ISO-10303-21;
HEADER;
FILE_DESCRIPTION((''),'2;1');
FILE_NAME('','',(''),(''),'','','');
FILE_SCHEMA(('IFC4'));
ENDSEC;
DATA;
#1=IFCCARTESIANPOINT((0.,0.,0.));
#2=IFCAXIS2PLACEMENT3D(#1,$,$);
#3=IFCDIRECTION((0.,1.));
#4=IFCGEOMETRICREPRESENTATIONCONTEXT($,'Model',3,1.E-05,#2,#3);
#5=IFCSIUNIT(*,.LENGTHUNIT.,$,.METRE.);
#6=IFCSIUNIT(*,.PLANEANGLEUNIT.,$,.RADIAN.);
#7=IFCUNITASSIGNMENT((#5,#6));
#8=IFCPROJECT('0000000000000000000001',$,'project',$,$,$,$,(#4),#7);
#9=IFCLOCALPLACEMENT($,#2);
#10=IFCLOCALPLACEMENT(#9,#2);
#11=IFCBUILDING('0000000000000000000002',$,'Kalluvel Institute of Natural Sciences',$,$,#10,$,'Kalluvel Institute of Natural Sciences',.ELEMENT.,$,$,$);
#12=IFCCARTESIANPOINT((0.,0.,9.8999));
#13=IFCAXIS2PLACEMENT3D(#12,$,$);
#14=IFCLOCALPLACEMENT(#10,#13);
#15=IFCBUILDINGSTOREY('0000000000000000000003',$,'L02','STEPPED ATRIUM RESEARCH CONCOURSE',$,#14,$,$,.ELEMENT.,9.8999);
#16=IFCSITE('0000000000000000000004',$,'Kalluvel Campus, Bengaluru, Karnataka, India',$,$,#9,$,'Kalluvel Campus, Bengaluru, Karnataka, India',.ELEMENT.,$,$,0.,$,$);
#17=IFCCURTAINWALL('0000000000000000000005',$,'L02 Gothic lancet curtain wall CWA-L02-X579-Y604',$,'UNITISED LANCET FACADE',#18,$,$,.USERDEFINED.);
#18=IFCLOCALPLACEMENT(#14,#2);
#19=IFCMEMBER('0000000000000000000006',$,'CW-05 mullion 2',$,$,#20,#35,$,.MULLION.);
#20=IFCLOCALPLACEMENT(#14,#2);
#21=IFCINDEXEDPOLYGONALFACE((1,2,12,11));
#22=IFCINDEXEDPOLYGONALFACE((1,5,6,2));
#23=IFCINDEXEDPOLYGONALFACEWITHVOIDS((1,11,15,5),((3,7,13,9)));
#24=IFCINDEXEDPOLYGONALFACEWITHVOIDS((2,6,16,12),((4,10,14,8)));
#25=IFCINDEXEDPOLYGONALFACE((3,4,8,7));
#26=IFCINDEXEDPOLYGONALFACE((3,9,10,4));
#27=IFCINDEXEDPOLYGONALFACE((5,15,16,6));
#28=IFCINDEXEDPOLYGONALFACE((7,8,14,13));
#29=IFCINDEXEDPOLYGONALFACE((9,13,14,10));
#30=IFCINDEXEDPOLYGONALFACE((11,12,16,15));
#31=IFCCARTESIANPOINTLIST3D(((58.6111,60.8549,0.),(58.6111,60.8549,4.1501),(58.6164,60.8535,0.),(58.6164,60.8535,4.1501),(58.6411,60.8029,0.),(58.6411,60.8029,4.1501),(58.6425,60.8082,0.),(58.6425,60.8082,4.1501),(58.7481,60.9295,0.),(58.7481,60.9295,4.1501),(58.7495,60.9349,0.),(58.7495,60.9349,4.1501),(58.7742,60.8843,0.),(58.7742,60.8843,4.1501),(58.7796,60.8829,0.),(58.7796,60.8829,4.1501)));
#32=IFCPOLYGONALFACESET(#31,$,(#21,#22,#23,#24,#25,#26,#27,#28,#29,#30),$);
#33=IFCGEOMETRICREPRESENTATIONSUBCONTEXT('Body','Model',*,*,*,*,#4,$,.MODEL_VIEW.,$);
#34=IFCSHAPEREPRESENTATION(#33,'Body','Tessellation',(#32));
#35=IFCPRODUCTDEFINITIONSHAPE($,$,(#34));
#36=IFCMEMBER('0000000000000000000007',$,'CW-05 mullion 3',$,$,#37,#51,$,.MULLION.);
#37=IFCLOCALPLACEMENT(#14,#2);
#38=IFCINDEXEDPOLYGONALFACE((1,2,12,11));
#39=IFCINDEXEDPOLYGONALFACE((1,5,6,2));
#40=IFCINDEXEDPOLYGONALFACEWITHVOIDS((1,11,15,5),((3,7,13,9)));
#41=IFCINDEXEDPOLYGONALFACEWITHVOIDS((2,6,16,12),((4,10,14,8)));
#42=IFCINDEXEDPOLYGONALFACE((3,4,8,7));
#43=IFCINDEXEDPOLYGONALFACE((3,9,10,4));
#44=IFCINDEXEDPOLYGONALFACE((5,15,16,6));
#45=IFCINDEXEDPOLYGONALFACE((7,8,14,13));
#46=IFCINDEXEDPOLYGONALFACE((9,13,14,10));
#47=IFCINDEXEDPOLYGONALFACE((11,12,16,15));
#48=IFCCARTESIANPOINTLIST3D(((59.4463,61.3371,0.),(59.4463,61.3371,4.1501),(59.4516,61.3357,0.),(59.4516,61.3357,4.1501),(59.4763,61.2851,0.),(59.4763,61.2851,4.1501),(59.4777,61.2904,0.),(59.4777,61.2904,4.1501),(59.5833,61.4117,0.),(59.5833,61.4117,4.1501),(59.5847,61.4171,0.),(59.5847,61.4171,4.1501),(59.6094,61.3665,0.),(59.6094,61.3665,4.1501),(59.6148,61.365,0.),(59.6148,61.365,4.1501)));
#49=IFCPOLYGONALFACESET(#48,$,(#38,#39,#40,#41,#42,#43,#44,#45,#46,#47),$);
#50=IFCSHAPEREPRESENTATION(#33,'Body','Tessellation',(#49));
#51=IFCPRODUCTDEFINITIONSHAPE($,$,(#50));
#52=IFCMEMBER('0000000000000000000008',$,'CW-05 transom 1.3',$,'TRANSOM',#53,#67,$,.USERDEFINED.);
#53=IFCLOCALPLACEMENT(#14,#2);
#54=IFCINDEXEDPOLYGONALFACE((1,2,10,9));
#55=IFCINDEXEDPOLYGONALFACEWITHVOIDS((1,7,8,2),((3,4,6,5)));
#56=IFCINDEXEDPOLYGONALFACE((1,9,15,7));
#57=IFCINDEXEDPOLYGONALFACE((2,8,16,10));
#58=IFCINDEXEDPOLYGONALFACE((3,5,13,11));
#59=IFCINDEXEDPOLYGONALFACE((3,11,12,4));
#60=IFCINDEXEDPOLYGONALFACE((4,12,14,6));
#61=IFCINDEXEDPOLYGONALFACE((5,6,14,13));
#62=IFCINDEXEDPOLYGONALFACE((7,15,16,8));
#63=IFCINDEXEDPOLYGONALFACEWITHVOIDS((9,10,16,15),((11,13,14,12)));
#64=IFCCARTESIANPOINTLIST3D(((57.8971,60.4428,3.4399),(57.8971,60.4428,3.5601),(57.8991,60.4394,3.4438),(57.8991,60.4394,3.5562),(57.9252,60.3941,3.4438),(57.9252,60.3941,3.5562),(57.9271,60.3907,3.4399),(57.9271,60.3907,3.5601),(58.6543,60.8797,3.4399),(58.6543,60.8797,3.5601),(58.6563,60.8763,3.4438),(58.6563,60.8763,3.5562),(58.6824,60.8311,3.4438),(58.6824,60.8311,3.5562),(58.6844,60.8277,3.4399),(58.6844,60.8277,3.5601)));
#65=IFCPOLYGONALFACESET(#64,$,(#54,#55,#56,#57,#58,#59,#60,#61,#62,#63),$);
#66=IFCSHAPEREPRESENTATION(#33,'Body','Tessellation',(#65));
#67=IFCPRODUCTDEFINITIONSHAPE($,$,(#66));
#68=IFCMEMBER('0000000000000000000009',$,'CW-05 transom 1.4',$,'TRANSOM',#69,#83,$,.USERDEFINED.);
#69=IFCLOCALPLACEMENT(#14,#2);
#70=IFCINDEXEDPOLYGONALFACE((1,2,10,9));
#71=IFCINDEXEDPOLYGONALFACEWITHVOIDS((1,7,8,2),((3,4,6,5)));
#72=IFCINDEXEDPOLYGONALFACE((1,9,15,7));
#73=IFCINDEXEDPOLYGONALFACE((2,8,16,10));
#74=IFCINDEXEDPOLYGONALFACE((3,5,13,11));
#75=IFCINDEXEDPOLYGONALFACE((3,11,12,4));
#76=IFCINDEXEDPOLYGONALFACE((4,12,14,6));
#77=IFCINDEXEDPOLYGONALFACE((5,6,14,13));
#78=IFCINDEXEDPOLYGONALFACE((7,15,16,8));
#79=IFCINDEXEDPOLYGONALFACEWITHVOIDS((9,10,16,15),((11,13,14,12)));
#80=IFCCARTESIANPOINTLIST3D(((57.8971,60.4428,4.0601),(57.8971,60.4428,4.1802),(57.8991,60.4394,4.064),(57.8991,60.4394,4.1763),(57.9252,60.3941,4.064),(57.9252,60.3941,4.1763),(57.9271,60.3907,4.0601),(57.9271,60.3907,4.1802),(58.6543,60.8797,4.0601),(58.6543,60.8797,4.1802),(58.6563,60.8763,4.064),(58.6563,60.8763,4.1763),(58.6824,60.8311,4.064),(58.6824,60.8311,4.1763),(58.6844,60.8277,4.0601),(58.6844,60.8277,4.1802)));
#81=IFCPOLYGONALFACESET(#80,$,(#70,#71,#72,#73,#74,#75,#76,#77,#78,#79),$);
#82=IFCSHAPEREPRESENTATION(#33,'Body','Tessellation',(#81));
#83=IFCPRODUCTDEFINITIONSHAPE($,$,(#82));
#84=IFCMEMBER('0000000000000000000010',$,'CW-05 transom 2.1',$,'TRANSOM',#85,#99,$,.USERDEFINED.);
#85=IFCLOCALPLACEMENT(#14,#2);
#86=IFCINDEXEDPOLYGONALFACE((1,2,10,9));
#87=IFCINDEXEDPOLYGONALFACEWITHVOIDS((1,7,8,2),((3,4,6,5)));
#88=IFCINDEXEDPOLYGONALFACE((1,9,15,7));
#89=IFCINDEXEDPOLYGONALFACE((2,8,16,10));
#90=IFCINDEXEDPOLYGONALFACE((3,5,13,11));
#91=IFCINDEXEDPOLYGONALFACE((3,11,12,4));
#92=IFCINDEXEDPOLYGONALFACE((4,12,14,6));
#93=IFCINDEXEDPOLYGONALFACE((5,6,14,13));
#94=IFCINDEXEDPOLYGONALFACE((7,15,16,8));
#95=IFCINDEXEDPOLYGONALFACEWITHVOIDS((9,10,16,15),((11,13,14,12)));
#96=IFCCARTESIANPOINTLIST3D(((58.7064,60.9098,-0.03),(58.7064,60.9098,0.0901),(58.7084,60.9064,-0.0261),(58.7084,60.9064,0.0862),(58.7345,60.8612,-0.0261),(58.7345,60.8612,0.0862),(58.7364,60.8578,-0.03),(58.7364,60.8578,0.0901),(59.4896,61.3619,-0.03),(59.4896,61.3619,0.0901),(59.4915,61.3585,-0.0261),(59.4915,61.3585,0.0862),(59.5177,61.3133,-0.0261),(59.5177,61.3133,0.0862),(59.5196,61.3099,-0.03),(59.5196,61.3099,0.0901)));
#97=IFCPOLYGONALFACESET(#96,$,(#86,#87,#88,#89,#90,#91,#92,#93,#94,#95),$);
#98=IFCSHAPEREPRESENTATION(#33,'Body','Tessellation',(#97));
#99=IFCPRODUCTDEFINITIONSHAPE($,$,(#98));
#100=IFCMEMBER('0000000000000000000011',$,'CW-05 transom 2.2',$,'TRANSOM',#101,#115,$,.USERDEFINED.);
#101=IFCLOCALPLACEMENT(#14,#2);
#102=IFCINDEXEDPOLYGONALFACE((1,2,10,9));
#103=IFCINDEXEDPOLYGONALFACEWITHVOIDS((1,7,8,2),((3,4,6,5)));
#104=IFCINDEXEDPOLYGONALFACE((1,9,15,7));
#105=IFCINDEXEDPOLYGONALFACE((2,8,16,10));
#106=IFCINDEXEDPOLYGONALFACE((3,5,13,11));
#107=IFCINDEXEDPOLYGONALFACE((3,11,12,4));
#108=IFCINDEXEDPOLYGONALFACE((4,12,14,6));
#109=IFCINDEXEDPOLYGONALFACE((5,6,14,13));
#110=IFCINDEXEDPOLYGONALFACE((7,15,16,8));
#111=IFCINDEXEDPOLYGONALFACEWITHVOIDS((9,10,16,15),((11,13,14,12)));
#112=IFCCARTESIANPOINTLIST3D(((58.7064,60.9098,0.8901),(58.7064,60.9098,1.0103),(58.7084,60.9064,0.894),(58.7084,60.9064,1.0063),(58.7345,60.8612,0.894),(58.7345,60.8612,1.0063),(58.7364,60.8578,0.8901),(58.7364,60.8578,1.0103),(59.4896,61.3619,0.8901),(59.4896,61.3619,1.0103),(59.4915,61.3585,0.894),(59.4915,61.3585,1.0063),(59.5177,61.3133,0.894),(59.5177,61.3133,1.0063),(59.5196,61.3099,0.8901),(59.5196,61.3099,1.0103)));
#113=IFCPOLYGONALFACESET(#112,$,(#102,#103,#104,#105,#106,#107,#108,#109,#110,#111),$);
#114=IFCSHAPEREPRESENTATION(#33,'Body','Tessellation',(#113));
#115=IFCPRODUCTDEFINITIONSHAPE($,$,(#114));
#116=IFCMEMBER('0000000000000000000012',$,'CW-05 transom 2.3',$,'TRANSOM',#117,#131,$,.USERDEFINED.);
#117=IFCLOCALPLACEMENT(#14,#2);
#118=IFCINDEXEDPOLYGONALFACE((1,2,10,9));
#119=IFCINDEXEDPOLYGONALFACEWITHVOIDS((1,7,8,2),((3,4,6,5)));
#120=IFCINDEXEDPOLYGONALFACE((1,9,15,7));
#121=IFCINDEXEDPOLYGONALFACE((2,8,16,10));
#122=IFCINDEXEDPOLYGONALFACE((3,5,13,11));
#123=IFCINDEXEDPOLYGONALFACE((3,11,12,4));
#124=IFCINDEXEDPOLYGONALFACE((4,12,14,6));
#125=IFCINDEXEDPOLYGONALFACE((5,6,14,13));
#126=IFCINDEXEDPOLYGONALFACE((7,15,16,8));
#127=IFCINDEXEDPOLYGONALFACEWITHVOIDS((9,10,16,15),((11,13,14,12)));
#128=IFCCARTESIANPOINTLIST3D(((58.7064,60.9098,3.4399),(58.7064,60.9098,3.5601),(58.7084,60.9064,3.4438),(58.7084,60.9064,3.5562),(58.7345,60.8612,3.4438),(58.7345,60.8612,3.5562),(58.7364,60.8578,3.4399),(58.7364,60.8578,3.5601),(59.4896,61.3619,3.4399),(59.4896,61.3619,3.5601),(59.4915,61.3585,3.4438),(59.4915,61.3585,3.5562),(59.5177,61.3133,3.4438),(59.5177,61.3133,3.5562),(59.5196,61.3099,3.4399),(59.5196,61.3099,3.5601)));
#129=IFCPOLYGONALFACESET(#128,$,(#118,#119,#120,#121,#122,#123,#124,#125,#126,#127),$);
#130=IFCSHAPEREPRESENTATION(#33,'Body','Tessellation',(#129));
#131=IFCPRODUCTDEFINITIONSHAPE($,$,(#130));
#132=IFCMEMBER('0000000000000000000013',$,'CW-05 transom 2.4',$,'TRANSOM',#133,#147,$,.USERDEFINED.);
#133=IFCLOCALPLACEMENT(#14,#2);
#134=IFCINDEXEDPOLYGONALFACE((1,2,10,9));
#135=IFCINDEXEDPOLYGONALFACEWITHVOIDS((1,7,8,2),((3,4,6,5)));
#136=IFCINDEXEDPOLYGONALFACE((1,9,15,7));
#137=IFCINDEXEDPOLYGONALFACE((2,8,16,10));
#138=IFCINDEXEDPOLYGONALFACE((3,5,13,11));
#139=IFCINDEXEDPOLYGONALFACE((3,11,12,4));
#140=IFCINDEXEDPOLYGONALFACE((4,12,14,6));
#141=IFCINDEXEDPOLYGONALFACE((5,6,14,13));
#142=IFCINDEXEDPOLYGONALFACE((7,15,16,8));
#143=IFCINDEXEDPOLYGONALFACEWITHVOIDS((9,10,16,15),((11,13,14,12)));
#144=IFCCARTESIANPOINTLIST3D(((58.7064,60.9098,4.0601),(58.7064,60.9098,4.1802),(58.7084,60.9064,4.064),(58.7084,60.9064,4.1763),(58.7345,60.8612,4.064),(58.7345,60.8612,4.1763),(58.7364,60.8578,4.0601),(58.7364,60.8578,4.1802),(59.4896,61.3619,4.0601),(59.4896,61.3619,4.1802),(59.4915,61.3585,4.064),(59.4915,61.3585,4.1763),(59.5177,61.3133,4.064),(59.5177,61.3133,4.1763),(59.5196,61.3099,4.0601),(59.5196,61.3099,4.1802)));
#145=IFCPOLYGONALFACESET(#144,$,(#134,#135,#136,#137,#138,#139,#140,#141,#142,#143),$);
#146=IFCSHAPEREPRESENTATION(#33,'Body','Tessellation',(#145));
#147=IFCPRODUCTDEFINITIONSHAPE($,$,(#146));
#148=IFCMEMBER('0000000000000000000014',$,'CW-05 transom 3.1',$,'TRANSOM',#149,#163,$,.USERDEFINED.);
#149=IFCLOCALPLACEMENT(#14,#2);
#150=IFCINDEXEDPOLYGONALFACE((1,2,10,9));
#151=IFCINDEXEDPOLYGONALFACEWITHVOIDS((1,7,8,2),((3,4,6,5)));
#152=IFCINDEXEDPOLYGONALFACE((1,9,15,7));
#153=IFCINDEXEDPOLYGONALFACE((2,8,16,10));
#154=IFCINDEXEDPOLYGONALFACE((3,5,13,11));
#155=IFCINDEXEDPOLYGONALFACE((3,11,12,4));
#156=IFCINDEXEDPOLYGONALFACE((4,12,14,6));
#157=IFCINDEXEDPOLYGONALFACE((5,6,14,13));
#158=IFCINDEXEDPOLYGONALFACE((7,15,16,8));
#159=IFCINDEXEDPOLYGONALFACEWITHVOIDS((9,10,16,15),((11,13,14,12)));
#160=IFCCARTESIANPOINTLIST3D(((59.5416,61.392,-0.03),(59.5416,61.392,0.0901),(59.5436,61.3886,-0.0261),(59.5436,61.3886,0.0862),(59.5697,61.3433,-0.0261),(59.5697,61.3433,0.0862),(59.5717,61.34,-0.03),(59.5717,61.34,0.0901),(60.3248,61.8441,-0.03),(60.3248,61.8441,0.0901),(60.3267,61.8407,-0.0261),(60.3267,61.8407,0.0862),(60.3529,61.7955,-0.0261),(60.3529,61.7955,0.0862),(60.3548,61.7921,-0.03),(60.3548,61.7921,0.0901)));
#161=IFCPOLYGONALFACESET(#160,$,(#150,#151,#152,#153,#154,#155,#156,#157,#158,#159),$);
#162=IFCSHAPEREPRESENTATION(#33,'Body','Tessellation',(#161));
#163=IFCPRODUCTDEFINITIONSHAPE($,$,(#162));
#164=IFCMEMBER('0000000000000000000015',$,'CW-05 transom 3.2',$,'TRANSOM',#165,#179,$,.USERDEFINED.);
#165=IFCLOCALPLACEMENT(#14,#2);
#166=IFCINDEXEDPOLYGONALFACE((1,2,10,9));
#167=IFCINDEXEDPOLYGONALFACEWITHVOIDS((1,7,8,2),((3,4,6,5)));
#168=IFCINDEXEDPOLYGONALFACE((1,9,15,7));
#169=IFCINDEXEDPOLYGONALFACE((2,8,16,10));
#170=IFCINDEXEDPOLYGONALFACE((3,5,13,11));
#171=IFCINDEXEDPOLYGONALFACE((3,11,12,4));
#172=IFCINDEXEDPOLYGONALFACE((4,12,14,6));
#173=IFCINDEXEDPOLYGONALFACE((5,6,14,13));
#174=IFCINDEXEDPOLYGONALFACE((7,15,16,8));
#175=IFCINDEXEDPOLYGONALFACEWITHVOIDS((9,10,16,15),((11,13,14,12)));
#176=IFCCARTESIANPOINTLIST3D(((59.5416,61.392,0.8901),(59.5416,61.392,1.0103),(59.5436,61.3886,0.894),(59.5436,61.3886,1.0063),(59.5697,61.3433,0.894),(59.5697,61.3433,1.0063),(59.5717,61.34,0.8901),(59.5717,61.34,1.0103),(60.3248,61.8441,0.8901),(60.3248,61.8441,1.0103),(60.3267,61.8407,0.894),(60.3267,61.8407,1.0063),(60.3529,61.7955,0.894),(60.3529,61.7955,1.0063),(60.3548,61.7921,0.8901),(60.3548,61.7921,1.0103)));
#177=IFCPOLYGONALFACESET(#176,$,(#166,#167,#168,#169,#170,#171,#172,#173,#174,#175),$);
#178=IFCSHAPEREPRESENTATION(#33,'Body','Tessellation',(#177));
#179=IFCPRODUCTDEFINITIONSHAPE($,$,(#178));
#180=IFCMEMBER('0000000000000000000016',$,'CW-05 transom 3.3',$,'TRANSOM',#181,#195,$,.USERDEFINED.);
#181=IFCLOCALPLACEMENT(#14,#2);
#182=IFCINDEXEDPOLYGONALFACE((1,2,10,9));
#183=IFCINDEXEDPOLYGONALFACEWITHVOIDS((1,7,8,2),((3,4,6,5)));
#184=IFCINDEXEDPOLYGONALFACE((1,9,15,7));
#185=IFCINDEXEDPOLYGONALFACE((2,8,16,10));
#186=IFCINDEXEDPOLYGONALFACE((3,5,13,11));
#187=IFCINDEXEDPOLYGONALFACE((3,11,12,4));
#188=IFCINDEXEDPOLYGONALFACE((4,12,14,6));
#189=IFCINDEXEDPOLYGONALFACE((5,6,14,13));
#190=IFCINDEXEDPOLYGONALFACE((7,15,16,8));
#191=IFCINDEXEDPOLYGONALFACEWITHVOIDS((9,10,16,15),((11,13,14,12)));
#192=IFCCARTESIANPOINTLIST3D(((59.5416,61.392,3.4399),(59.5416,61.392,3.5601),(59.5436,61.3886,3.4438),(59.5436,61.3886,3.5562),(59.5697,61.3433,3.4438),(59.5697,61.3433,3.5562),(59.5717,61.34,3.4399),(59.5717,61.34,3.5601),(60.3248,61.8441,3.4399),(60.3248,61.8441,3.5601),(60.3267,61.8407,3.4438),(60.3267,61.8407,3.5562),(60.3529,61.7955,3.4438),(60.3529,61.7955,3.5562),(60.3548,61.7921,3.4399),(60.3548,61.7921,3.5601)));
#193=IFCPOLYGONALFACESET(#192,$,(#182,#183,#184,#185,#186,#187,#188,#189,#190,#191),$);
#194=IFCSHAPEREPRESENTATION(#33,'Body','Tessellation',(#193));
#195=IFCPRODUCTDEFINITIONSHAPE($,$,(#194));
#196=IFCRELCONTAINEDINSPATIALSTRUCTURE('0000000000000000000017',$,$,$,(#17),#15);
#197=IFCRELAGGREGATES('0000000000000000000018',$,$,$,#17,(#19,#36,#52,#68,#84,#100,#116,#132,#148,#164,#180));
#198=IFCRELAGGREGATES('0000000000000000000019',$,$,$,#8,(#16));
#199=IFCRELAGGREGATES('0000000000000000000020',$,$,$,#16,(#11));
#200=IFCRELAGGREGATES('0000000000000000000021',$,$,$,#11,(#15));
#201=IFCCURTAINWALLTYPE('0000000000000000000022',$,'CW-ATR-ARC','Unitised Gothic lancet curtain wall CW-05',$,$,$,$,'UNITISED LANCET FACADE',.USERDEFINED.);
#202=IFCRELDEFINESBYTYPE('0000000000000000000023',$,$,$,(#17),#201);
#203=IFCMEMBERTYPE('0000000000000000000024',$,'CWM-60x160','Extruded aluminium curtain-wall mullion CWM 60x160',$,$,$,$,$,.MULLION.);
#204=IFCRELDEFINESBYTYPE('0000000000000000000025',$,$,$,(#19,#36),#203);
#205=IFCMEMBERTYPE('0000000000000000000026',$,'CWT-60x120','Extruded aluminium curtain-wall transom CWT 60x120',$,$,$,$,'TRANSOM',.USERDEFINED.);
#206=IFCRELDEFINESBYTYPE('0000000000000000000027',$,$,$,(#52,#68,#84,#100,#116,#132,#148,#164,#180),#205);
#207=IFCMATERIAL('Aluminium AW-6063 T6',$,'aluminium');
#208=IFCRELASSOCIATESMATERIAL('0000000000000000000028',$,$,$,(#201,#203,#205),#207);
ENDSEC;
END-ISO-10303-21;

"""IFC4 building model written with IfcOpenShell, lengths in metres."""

from ifc_helpers import new_model, si_unit, direction, frame, origin, origin_2d, place, context, subcontext, project, spatial, hollow_rectangle, extrude, material, material_profile, profile_set, type_object, element, aggregate, save


model = new_model("IFC4")

# Units and contexts
model_context = context("Model", 3, precision=1e-05, world=origin(), true_north=direction((0.0, 1.0)))
body_context = subcontext(model_context, "Body", "Model", "MODEL_VIEW")
ifc_project = project(units=[si_unit("LENGTHUNIT", "METRE"), si_unit("PLANEANGLEUNIT", "RADIAN")], contexts=[model_context])

# Site, building, storey
site_placement = place(None, origin())
site = spatial("IfcSite", under=ifc_project, at=site_placement, Name="Kalluvel Campus, Bengaluru, Karnataka, India", LongName="Kalluvel Campus, Bengaluru, Karnataka, India", CompositionType="ELEMENT", RefElevation=0.0)
building_placement = place(site_placement, origin())
building = spatial("IfcBuilding", under=site, at=building_placement, Name="Kalluvel Institute of Natural Sciences", LongName="Kalluvel Institute of Natural Sciences", CompositionType="ELEMENT")
storey_placement = place(building_placement, frame((0.0, 0.0, 9.8999)))
storey = spatial("IfcBuildingStorey", under=building, at=storey_placement, Name="L02", Description="STEPPED ATRIUM RESEARCH CONCOURSE", CompositionType="ELEMENT", Elevation=9.8999)

# Curtain wall, members
ifc_material_1 = material(Name="Aluminium AW-6063 T6", Category="aluminium")
curtain_wall_type = type_object("IfcCurtainWallType", Name="CW-ATR-ARC", Description="Unitised Gothic lancet curtain wall CW-05", ElementType="UNITISED LANCET FACADE", PredefinedType="USERDEFINED", material=ifc_material_1)
curtain_wall_placement = place(storey_placement, origin())
curtain_wall = element("IfcCurtainWall", 1, at=curtain_wall_placement, inside=storey, type_object=curtain_wall_type, Name="L02 Gothic lancet curtain wall CWA-L02-X579-Y604", ObjectType="UNITISED LANCET FACADE", PredefinedType="USERDEFINED")
ifc_material_profile_1 = material_profile(ifc_material_1, hollow_rectangle(XDim=0.0601, YDim=0.1599, WallThickness=0.0039, at=origin_2d()), Name="CWM 60x160")
ifc_profile_set_1 = profile_set([ifc_material_profile_1], Name="Aluminium AW-6063 T6")
member_type_1 = type_object("IfcMemberType", Name="CWM-60x160", Description="Extruded aluminium curtain-wall mullion CWM 60x160", PredefinedType="MULLION", material=ifc_profile_set_1)
member_1_placement = place(storey_placement, frame((58.6953, 60.8689, 0.0), z_axis=(0.0, 0.0, 1.0), x_axis=(-0.499989, 0.866031, 0.0)))
member_1 = element("IfcMember", 2, at=member_1_placement, type_object=member_type_1, Name="CW-05 mullion 2", PredefinedType="MULLION", context=body_context, shape_type="SweptSolid", body=[
    extrude(hollow_rectangle(XDim=0.0601, YDim=0.1599, WallThickness=0.0039, at=origin_2d()), origin(), (0.0, 0.0, 1.0), 4.1501),
])
member_2_placement = place(storey_placement, frame((59.5305, 61.3511, 0.0), z_axis=(0.0, 0.0, 1.0), x_axis=(-0.499989, 0.866031, 0.0)))
member_2 = element("IfcMember", 3, at=member_2_placement, type_object=member_type_1, Name="CW-05 mullion 3", PredefinedType="MULLION", context=body_context, shape_type="SweptSolid", body=[
    extrude(hollow_rectangle(XDim=0.0601, YDim=0.1599, WallThickness=0.0039, at=origin_2d()), origin(), (0.0, 0.0, 1.0), 4.1501),
])
ifc_material_profile_2 = material_profile(ifc_material_1, hollow_rectangle(XDim=0.0601, YDim=0.1201, WallThickness=0.0039, at=origin_2d()), Name="CWT 60x120")
ifc_profile_set_2 = profile_set([ifc_material_profile_2], Name="Aluminium AW-6063 T6")
member_type_2 = type_object("IfcMemberType", Name="CWT-60x120", Description="Extruded aluminium curtain-wall transom CWT 60x120", ElementType="TRANSOM", PredefinedType="USERDEFINED", material=ifc_profile_set_2)
member_3_placement = place(storey_placement, frame((57.9121, 60.4167, 3.5), z_axis=(0.866139, 0.499803, 0.0), x_axis=(-0.499803, 0.866139, 0.0)))
member_3 = element("IfcMember", 4, at=member_3_placement, type_object=member_type_2, Name="CW-05 transom 1.3", ObjectType="TRANSOM", PredefinedType="USERDEFINED", context=body_context, shape_type="SweptSolid", body=[
    extrude(hollow_rectangle(XDim=0.0601, YDim=0.1201, WallThickness=0.0039, at=origin_2d()), origin(), (0.0, 0.0, 1.0), 0.8743),
])
member_4_placement = place(storey_placement, frame((57.9121, 60.4167, 4.1201), z_axis=(0.866139, 0.499803, 0.0), x_axis=(-0.499803, 0.866139, 0.0)))
member_4 = element("IfcMember", 5, at=member_4_placement, type_object=member_type_2, Name="CW-05 transom 1.4", ObjectType="TRANSOM", PredefinedType="USERDEFINED", context=body_context, shape_type="SweptSolid", body=[
    extrude(hollow_rectangle(XDim=0.0601, YDim=0.1201, WallThickness=0.0039, at=origin_2d()), origin(), (0.0, 0.0, 1.0), 0.8743),
])
member_5_placement = place(storey_placement, frame((58.7214, 60.8838, 0.03), z_axis=(0.866042, 0.499972, 0.0), x_axis=(-0.499972, 0.866042, 0.0)))
member_5 = element("IfcMember", 6, at=member_5_placement, type_object=member_type_2, Name="CW-05 transom 2.1", ObjectType="TRANSOM", PredefinedType="USERDEFINED", context=body_context, shape_type="SweptSolid", body=[
    extrude(hollow_rectangle(XDim=0.0601, YDim=0.1201, WallThickness=0.0039, at=origin_2d()), origin(), (0.0, 0.0, 1.0), 0.9043),
])
member_6_placement = place(storey_placement, frame((58.7214, 60.8838, 0.9502), z_axis=(0.866042, 0.499972, 0.0), x_axis=(-0.499972, 0.866042, 0.0)))
member_6 = element("IfcMember", 7, at=member_6_placement, type_object=member_type_2, Name="CW-05 transom 2.2", ObjectType="TRANSOM", PredefinedType="USERDEFINED", context=body_context, shape_type="SweptSolid", body=[
    extrude(hollow_rectangle(XDim=0.0601, YDim=0.1201, WallThickness=0.0039, at=origin_2d()), origin(), (0.0, 0.0, 1.0), 0.9043),
])
member_7_placement = place(storey_placement, frame((58.7214, 60.8838, 3.5), z_axis=(0.866042, 0.499972, 0.0), x_axis=(-0.499972, 0.866042, 0.0)))
member_7 = element("IfcMember", 8, at=member_7_placement, type_object=member_type_2, Name="CW-05 transom 2.3", ObjectType="TRANSOM", PredefinedType="USERDEFINED", context=body_context, shape_type="SweptSolid", body=[
    extrude(hollow_rectangle(XDim=0.0601, YDim=0.1201, WallThickness=0.0039, at=origin_2d()), origin(), (0.0, 0.0, 1.0), 0.9043),
])
member_8_placement = place(storey_placement, frame((58.7214, 60.8838, 4.1201), z_axis=(0.866042, 0.499972, 0.0), x_axis=(-0.499972, 0.866042, 0.0)))
member_8 = element("IfcMember", 9, at=member_8_placement, type_object=member_type_2, Name="CW-05 transom 2.4", ObjectType="TRANSOM", PredefinedType="USERDEFINED", context=body_context, shape_type="SweptSolid", body=[
    extrude(hollow_rectangle(XDim=0.0601, YDim=0.1201, WallThickness=0.0039, at=origin_2d()), origin(), (0.0, 0.0, 1.0), 0.9043),
])
member_9_placement = place(storey_placement, frame((59.5566, 61.366, 0.03), z_axis=(0.866042, 0.499972, 0.0), x_axis=(-0.499972, 0.866042, 0.0)))
member_9 = element("IfcMember", 10, at=member_9_placement, type_object=member_type_2, Name="CW-05 transom 3.1", ObjectType="TRANSOM", PredefinedType="USERDEFINED", context=body_context, shape_type="SweptSolid", body=[
    extrude(hollow_rectangle(XDim=0.0601, YDim=0.1201, WallThickness=0.0039, at=origin_2d()), origin(), (0.0, 0.0, 1.0), 0.9043),
])
member_10_placement = place(storey_placement, frame((59.5566, 61.366, 0.9502), z_axis=(0.866042, 0.499972, 0.0), x_axis=(-0.499972, 0.866042, 0.0)))
member_10 = element("IfcMember", 11, at=member_10_placement, type_object=member_type_2, Name="CW-05 transom 3.2", ObjectType="TRANSOM", PredefinedType="USERDEFINED", context=body_context, shape_type="SweptSolid", body=[
    extrude(hollow_rectangle(XDim=0.0601, YDim=0.1201, WallThickness=0.0039, at=origin_2d()), origin(), (0.0, 0.0, 1.0), 0.9043),
])
member_11_placement = place(storey_placement, frame((59.5566, 61.366, 3.5), z_axis=(0.866042, 0.499972, 0.0), x_axis=(-0.499972, 0.866042, 0.0)))
member_11 = element("IfcMember", 12, at=member_11_placement, type_object=member_type_2, Name="CW-05 transom 3.3", ObjectType="TRANSOM", PredefinedType="USERDEFINED", context=body_context, shape_type="SweptSolid", body=[
    extrude(hollow_rectangle(XDim=0.0601, YDim=0.1201, WallThickness=0.0039, at=origin_2d()), origin(), (0.0, 0.0, 1.0), 0.9043),
])
aggregate(curtain_wall, [member_1, member_2, member_3, member_4, member_5, member_6, member_7, member_8, member_9, member_10, member_11])

save(model, "model.ifc")
